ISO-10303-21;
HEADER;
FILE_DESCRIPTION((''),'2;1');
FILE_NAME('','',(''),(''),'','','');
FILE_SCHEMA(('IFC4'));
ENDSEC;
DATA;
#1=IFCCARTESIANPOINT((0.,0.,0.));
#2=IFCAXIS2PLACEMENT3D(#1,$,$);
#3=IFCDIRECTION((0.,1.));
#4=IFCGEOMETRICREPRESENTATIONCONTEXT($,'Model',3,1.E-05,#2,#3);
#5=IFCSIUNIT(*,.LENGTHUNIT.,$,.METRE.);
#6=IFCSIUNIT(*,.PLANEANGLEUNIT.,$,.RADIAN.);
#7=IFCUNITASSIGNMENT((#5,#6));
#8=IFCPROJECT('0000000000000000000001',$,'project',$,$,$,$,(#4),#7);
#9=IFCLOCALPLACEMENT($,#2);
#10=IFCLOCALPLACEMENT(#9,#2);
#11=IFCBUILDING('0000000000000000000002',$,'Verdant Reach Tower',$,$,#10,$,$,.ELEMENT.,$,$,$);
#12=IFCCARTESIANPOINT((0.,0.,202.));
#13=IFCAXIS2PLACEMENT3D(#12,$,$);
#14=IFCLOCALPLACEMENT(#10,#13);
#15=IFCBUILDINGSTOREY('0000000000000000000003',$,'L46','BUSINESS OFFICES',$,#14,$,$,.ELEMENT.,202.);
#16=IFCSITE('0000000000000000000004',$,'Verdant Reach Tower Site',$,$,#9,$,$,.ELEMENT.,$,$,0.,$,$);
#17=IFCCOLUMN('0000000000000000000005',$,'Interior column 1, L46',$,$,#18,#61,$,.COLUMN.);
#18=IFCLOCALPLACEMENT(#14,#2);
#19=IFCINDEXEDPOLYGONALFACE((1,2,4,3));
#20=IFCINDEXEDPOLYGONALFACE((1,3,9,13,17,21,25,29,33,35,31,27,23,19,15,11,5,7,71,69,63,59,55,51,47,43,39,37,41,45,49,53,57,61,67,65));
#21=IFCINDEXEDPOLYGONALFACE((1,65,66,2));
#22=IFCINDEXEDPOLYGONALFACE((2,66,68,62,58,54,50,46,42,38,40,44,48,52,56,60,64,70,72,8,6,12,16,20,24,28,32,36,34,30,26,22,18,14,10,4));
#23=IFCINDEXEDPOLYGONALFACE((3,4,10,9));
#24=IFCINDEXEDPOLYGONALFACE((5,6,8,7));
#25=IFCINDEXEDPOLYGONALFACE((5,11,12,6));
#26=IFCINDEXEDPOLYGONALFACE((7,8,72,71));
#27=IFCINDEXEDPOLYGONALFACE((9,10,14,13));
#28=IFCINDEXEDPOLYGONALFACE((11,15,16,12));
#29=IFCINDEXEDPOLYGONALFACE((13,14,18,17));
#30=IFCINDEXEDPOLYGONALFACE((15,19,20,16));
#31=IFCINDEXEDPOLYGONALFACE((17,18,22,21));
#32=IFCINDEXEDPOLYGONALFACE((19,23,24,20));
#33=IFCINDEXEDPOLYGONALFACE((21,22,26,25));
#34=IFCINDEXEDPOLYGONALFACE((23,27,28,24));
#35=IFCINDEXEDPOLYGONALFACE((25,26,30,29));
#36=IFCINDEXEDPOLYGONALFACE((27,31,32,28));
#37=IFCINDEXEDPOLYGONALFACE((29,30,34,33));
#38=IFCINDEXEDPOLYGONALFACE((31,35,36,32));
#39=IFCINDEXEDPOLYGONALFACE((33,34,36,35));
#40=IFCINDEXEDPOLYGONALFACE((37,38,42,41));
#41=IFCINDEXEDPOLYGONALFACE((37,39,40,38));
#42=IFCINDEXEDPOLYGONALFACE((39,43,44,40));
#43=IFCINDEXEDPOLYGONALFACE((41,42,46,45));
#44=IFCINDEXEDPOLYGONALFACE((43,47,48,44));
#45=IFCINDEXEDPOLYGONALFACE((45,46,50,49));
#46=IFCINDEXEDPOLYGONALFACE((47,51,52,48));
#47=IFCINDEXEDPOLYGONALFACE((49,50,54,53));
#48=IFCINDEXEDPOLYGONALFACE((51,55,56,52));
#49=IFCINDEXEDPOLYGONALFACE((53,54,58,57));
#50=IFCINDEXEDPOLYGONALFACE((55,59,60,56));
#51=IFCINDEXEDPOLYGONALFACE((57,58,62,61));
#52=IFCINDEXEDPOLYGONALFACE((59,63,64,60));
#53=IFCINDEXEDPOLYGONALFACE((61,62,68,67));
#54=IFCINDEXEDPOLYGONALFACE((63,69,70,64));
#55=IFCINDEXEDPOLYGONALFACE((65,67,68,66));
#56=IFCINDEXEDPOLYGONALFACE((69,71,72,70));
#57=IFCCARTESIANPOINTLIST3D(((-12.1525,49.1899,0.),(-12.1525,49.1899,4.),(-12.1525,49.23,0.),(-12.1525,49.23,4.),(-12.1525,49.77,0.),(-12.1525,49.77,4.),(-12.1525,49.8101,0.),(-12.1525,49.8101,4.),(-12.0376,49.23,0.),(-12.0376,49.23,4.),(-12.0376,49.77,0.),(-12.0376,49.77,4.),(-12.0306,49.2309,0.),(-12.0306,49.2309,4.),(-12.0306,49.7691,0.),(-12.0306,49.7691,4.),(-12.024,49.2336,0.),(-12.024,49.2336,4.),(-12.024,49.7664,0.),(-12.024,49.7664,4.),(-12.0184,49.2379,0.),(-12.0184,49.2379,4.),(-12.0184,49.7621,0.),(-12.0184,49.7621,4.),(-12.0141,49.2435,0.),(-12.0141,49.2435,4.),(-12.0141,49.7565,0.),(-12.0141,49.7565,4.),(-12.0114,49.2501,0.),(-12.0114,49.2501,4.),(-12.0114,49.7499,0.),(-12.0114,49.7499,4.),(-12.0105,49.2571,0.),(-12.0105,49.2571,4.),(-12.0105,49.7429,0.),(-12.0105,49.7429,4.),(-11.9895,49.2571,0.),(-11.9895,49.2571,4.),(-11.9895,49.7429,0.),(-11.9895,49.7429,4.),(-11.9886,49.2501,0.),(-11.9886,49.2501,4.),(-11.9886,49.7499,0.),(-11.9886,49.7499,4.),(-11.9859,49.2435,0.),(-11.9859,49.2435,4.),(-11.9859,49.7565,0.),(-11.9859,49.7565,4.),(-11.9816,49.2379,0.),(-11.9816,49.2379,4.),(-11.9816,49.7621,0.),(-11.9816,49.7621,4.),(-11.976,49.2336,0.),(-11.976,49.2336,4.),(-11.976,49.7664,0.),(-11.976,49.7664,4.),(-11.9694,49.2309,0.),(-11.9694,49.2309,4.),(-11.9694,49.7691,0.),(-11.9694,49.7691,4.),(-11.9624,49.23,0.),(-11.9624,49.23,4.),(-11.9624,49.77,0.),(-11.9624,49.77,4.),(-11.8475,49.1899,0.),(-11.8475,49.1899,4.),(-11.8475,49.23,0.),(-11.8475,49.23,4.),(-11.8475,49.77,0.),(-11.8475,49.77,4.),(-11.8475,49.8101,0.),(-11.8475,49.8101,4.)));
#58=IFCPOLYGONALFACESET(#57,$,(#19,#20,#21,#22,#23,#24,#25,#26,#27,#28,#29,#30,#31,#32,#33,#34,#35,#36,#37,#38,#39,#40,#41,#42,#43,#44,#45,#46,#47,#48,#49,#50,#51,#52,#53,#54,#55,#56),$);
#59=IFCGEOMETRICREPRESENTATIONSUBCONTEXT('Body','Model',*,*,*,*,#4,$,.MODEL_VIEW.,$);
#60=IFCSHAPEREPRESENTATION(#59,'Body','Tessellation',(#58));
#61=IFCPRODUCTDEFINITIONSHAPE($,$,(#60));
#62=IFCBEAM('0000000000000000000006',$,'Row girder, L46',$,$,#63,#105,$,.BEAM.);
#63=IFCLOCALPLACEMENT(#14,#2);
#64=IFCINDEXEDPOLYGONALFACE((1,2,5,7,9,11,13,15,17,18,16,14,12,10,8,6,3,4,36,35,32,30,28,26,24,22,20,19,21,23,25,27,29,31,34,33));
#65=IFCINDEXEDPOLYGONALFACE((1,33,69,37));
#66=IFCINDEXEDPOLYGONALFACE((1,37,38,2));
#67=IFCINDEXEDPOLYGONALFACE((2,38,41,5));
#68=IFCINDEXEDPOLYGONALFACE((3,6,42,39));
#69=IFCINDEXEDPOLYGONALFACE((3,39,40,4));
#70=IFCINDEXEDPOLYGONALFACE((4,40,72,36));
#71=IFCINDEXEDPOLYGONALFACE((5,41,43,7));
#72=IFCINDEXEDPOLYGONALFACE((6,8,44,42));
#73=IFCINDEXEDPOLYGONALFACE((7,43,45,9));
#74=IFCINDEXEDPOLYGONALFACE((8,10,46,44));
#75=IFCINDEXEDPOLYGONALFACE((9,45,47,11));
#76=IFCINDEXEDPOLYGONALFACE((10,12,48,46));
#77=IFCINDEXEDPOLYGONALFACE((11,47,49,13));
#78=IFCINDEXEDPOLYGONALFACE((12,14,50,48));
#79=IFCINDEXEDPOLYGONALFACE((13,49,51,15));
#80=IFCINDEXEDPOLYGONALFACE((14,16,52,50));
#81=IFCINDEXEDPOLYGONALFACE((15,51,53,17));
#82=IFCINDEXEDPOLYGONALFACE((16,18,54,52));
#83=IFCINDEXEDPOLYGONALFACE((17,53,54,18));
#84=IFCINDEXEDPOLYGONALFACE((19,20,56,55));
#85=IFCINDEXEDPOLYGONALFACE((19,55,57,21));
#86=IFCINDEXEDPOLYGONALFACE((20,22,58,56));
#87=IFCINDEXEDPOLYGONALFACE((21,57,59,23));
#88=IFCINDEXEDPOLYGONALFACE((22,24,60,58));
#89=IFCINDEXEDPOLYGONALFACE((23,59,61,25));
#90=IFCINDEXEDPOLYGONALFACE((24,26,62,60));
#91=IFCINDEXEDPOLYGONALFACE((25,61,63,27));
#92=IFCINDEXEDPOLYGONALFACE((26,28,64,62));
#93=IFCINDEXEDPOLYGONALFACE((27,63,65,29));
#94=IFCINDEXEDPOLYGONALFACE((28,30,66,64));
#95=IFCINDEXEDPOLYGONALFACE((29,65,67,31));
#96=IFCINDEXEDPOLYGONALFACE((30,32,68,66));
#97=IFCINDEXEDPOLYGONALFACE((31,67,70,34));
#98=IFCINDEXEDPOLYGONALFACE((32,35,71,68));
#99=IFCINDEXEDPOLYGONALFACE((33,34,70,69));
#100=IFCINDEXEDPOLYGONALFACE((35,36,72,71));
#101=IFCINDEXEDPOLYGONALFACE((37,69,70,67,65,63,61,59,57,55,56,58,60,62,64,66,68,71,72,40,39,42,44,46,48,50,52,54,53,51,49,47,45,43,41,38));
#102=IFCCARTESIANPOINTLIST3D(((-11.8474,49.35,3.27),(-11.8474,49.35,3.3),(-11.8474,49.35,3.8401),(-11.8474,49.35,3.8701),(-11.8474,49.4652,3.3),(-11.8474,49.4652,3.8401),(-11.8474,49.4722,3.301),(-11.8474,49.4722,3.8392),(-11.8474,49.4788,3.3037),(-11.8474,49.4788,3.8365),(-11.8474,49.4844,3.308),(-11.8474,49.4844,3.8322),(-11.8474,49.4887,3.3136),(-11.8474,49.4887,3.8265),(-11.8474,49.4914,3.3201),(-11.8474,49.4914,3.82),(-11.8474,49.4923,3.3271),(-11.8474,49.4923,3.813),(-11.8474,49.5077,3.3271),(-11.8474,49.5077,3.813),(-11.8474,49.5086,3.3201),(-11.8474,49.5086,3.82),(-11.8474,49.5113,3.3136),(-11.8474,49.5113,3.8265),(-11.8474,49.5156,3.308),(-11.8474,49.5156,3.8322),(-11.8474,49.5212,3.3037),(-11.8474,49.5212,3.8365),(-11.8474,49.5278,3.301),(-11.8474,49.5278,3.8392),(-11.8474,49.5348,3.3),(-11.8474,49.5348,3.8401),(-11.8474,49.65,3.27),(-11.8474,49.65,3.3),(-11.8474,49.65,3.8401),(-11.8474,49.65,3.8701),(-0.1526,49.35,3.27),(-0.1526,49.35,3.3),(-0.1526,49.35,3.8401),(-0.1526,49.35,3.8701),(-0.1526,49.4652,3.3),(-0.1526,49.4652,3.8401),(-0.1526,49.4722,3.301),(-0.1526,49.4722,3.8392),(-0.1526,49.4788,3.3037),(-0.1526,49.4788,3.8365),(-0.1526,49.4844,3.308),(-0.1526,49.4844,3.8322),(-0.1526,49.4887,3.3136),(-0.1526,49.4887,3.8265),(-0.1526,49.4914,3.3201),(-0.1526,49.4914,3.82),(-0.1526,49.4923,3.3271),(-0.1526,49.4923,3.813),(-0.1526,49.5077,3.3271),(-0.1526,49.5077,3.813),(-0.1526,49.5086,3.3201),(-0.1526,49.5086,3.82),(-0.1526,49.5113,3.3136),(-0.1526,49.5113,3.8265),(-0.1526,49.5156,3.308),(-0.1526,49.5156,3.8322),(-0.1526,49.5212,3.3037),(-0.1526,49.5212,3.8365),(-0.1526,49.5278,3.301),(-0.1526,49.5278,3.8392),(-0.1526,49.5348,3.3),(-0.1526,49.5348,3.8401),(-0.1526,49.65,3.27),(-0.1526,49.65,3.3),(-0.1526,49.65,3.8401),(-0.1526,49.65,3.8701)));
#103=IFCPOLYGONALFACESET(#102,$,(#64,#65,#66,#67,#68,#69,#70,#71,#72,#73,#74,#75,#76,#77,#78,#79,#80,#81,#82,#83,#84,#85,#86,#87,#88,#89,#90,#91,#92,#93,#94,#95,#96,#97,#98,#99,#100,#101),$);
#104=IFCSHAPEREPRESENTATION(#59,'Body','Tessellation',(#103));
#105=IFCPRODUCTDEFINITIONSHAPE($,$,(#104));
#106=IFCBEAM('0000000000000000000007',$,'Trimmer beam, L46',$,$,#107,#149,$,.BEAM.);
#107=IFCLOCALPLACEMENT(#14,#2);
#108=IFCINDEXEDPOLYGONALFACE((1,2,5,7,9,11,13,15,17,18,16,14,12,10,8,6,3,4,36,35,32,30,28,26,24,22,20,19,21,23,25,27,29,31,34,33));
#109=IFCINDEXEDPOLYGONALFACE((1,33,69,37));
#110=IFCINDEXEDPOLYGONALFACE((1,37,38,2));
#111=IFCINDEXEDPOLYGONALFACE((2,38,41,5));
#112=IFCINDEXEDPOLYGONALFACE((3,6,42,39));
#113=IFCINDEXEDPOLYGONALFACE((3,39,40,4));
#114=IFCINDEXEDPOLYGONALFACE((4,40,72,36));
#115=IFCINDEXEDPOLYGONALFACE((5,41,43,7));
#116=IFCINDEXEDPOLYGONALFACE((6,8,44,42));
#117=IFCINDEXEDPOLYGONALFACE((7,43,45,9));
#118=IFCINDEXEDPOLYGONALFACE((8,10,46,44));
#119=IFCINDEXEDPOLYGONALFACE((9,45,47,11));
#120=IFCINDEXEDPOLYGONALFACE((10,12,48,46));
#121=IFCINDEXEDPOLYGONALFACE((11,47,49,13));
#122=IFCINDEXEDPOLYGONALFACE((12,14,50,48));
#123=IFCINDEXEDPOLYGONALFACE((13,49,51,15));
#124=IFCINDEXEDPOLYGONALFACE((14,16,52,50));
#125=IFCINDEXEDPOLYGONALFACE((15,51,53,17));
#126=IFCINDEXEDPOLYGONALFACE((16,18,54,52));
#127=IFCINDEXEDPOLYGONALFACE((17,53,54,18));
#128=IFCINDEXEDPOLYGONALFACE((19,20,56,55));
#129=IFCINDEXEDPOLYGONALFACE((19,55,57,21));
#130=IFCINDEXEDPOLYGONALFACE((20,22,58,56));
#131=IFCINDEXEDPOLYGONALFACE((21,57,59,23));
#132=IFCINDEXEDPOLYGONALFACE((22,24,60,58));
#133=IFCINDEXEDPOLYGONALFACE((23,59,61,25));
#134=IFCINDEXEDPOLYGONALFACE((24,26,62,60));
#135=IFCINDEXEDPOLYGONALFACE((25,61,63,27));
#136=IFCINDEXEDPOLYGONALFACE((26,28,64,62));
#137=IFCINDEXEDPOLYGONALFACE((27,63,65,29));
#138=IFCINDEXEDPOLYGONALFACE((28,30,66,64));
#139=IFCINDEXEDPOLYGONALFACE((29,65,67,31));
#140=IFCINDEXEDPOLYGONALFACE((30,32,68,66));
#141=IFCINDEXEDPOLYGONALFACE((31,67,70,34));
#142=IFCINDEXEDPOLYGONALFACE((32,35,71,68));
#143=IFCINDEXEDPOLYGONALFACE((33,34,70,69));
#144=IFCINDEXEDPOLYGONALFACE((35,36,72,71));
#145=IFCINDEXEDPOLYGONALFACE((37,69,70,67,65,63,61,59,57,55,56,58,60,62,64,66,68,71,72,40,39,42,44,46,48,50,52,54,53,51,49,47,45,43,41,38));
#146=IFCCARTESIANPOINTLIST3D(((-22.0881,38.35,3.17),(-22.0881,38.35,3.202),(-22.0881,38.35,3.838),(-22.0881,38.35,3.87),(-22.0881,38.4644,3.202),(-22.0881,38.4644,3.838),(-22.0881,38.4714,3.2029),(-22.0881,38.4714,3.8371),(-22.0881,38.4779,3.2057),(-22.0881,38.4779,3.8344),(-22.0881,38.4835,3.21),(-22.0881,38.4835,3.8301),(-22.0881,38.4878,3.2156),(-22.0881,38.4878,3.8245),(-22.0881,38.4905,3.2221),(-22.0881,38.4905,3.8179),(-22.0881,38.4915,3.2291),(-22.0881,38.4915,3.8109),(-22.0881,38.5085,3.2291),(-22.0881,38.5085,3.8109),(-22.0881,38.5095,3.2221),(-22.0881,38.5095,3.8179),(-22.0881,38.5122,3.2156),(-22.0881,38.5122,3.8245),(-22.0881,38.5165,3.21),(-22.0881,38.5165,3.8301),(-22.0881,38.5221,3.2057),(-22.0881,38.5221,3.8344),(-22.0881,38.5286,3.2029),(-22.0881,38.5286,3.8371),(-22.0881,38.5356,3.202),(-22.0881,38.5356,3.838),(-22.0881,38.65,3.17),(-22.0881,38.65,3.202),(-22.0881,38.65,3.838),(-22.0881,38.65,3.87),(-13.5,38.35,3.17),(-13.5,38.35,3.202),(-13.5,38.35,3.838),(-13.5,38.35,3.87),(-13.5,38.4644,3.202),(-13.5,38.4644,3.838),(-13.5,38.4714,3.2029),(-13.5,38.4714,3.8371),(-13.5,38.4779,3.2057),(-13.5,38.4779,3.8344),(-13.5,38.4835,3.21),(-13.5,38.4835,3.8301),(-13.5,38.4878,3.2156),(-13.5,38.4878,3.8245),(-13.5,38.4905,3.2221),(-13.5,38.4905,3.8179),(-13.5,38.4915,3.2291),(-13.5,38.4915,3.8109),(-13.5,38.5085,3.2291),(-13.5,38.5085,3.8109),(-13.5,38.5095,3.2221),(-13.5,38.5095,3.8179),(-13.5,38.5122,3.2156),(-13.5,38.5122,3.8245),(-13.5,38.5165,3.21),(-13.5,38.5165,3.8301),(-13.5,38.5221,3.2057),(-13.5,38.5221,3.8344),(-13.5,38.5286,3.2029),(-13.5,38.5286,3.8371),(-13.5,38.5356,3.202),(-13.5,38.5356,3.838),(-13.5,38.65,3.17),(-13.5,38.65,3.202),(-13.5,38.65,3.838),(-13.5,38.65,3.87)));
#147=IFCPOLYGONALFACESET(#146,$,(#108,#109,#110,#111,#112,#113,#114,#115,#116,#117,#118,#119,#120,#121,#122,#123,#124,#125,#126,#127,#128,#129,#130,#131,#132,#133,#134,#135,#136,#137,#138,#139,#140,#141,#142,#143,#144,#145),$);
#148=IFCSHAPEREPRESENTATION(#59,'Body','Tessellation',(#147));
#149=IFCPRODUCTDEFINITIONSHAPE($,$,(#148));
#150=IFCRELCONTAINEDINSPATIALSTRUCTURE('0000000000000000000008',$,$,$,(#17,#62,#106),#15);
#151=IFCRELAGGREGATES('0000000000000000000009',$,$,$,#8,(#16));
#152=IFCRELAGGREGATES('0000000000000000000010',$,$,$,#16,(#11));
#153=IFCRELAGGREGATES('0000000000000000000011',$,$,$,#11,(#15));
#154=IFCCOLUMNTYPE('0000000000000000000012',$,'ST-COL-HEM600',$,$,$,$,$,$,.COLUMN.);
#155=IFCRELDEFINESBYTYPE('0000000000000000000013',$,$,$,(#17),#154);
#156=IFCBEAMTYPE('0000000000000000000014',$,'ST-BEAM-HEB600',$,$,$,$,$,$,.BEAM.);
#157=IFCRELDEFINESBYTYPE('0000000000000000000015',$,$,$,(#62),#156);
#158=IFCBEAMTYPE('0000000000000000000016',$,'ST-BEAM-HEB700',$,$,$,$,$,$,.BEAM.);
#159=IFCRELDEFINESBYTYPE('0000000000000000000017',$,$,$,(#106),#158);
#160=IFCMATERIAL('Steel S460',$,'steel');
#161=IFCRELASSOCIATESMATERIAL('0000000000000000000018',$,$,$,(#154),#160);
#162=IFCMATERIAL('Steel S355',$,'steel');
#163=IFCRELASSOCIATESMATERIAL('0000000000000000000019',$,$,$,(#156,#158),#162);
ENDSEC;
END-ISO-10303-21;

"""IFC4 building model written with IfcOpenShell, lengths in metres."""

from ifc_helpers import new_model, si_unit, direction, frame, origin, origin_2d, place, context, subcontext, project, spatial, i_section, extrude, material, material_profile, profile_set, type_object, element, save


model = new_model("IFC4")

# Units and contexts
model_context = context("Model", 3, precision=1e-05, world=origin(), true_north=direction((0.0, 1.0)))
body_context = subcontext(model_context, "Body", "Model", "MODEL_VIEW")
ifc_project = project(units=[si_unit("LENGTHUNIT", "METRE"), si_unit("PLANEANGLEUNIT", "RADIAN")], contexts=[model_context])

# Site, building, storey
site_placement = place(None, origin())
site = spatial("IfcSite", under=ifc_project, at=site_placement, Name="Verdant Reach Tower Site", CompositionType="ELEMENT", RefElevation=0.0)
building_placement = place(site_placement, origin())
building = spatial("IfcBuilding", under=site, at=building_placement, Name="Verdant Reach Tower", CompositionType="ELEMENT")
storey_placement = place(building_placement, frame((0.0, 0.0, 202.0)))
storey = spatial("IfcBuildingStorey", under=building, at=storey_placement, Name="L46", Description="BUSINESS OFFICES", CompositionType="ELEMENT", Elevation=202.0)

# Column
ifc_material_1 = material(Name="Steel S460", Category="steel")
ifc_material_profile_1 = material_profile(ifc_material_1, i_section(OverallWidth=0.3049, OverallDepth=0.6201, WebThickness=0.021, FlangeThickness=0.04, FilletRadius=0.0271, at=origin_2d()), Name="HEM 600")
ifc_profile_set_1 = profile_set([ifc_material_profile_1], Name="Steel S460")
column_type = type_object("IfcColumnType", Name="ST-COL-HEM600", PredefinedType="COLUMN", material=ifc_profile_set_1)
column_placement = place(storey_placement, frame((-12.0, 49.5, 0.0), z_axis=(0.0, 0.0, 1.0), x_axis=(1.0, 0.0, 0.0)))
element("IfcColumn", 1, at=column_placement, inside=storey, type_object=column_type, Name="Interior column 1, L46", PredefinedType="COLUMN", context=body_context, shape_type="SweptSolid", body=[
    extrude(i_section(OverallWidth=0.3049, OverallDepth=0.6201, WebThickness=0.021, FlangeThickness=0.04, FilletRadius=0.0271, at=origin_2d()), origin(), (0.0, 0.0, 1.0), 4.0),
])

# Beams
ifc_material_2 = material(Name="Steel S355", Category="steel")
ifc_material_profile_2 = material_profile(ifc_material_2, i_section(OverallWidth=0.3, OverallDepth=0.6001, WebThickness=0.0154, FlangeThickness=0.03, FilletRadius=0.0271, at=origin_2d()), Name="HEB 600")
ifc_profile_set_2 = profile_set([ifc_material_profile_2], Name="Steel S355")
beam_type_1 = type_object("IfcBeamType", Name="ST-BEAM-HEB600", PredefinedType="BEAM", material=ifc_profile_set_2)
beam_1_placement = place(storey_placement, frame((-11.8474, 49.5, 3.5701), z_axis=(1.0, 0.0, 0.0), x_axis=(0.0, 1.0, 0.0)))
element("IfcBeam", 2, at=beam_1_placement, inside=storey, type_object=beam_type_1, Name="Row girder, L46", PredefinedType="BEAM", context=body_context, shape_type="SweptSolid", body=[
    extrude(i_section(OverallWidth=0.3, OverallDepth=0.6001, WebThickness=0.0154, FlangeThickness=0.03, FilletRadius=0.0271, at=origin_2d()), origin(), (0.0, 0.0, 1.0), 11.6948),
])
ifc_material_profile_3 = material_profile(ifc_material_2, i_section(OverallWidth=0.3, OverallDepth=0.7, WebThickness=0.0171, FlangeThickness=0.032, FilletRadius=0.0271, at=origin_2d()), Name="HEB 700")
ifc_profile_set_3 = profile_set([ifc_material_profile_3], Name="Steel S355")
beam_type_2 = type_object("IfcBeamType", Name="ST-BEAM-HEB700", PredefinedType="BEAM", material=ifc_profile_set_3)
beam_2_placement = place(storey_placement, frame((-13.5, 38.5, 3.52), z_axis=(-1.0, 0.0, 0.0), x_axis=(0.0, -1.0, 0.0)))
element("IfcBeam", 3, at=beam_2_placement, inside=storey, type_object=beam_type_2, Name="Trimmer beam, L46", PredefinedType="BEAM", context=body_context, shape_type="SweptSolid", body=[
    extrude(i_section(OverallWidth=0.3, OverallDepth=0.7, WebThickness=0.0171, FlangeThickness=0.032, FilletRadius=0.0271, at=origin_2d()), origin(), (0.0, 0.0, 1.0), 8.5881),
])

save(model, "model.ifc")
